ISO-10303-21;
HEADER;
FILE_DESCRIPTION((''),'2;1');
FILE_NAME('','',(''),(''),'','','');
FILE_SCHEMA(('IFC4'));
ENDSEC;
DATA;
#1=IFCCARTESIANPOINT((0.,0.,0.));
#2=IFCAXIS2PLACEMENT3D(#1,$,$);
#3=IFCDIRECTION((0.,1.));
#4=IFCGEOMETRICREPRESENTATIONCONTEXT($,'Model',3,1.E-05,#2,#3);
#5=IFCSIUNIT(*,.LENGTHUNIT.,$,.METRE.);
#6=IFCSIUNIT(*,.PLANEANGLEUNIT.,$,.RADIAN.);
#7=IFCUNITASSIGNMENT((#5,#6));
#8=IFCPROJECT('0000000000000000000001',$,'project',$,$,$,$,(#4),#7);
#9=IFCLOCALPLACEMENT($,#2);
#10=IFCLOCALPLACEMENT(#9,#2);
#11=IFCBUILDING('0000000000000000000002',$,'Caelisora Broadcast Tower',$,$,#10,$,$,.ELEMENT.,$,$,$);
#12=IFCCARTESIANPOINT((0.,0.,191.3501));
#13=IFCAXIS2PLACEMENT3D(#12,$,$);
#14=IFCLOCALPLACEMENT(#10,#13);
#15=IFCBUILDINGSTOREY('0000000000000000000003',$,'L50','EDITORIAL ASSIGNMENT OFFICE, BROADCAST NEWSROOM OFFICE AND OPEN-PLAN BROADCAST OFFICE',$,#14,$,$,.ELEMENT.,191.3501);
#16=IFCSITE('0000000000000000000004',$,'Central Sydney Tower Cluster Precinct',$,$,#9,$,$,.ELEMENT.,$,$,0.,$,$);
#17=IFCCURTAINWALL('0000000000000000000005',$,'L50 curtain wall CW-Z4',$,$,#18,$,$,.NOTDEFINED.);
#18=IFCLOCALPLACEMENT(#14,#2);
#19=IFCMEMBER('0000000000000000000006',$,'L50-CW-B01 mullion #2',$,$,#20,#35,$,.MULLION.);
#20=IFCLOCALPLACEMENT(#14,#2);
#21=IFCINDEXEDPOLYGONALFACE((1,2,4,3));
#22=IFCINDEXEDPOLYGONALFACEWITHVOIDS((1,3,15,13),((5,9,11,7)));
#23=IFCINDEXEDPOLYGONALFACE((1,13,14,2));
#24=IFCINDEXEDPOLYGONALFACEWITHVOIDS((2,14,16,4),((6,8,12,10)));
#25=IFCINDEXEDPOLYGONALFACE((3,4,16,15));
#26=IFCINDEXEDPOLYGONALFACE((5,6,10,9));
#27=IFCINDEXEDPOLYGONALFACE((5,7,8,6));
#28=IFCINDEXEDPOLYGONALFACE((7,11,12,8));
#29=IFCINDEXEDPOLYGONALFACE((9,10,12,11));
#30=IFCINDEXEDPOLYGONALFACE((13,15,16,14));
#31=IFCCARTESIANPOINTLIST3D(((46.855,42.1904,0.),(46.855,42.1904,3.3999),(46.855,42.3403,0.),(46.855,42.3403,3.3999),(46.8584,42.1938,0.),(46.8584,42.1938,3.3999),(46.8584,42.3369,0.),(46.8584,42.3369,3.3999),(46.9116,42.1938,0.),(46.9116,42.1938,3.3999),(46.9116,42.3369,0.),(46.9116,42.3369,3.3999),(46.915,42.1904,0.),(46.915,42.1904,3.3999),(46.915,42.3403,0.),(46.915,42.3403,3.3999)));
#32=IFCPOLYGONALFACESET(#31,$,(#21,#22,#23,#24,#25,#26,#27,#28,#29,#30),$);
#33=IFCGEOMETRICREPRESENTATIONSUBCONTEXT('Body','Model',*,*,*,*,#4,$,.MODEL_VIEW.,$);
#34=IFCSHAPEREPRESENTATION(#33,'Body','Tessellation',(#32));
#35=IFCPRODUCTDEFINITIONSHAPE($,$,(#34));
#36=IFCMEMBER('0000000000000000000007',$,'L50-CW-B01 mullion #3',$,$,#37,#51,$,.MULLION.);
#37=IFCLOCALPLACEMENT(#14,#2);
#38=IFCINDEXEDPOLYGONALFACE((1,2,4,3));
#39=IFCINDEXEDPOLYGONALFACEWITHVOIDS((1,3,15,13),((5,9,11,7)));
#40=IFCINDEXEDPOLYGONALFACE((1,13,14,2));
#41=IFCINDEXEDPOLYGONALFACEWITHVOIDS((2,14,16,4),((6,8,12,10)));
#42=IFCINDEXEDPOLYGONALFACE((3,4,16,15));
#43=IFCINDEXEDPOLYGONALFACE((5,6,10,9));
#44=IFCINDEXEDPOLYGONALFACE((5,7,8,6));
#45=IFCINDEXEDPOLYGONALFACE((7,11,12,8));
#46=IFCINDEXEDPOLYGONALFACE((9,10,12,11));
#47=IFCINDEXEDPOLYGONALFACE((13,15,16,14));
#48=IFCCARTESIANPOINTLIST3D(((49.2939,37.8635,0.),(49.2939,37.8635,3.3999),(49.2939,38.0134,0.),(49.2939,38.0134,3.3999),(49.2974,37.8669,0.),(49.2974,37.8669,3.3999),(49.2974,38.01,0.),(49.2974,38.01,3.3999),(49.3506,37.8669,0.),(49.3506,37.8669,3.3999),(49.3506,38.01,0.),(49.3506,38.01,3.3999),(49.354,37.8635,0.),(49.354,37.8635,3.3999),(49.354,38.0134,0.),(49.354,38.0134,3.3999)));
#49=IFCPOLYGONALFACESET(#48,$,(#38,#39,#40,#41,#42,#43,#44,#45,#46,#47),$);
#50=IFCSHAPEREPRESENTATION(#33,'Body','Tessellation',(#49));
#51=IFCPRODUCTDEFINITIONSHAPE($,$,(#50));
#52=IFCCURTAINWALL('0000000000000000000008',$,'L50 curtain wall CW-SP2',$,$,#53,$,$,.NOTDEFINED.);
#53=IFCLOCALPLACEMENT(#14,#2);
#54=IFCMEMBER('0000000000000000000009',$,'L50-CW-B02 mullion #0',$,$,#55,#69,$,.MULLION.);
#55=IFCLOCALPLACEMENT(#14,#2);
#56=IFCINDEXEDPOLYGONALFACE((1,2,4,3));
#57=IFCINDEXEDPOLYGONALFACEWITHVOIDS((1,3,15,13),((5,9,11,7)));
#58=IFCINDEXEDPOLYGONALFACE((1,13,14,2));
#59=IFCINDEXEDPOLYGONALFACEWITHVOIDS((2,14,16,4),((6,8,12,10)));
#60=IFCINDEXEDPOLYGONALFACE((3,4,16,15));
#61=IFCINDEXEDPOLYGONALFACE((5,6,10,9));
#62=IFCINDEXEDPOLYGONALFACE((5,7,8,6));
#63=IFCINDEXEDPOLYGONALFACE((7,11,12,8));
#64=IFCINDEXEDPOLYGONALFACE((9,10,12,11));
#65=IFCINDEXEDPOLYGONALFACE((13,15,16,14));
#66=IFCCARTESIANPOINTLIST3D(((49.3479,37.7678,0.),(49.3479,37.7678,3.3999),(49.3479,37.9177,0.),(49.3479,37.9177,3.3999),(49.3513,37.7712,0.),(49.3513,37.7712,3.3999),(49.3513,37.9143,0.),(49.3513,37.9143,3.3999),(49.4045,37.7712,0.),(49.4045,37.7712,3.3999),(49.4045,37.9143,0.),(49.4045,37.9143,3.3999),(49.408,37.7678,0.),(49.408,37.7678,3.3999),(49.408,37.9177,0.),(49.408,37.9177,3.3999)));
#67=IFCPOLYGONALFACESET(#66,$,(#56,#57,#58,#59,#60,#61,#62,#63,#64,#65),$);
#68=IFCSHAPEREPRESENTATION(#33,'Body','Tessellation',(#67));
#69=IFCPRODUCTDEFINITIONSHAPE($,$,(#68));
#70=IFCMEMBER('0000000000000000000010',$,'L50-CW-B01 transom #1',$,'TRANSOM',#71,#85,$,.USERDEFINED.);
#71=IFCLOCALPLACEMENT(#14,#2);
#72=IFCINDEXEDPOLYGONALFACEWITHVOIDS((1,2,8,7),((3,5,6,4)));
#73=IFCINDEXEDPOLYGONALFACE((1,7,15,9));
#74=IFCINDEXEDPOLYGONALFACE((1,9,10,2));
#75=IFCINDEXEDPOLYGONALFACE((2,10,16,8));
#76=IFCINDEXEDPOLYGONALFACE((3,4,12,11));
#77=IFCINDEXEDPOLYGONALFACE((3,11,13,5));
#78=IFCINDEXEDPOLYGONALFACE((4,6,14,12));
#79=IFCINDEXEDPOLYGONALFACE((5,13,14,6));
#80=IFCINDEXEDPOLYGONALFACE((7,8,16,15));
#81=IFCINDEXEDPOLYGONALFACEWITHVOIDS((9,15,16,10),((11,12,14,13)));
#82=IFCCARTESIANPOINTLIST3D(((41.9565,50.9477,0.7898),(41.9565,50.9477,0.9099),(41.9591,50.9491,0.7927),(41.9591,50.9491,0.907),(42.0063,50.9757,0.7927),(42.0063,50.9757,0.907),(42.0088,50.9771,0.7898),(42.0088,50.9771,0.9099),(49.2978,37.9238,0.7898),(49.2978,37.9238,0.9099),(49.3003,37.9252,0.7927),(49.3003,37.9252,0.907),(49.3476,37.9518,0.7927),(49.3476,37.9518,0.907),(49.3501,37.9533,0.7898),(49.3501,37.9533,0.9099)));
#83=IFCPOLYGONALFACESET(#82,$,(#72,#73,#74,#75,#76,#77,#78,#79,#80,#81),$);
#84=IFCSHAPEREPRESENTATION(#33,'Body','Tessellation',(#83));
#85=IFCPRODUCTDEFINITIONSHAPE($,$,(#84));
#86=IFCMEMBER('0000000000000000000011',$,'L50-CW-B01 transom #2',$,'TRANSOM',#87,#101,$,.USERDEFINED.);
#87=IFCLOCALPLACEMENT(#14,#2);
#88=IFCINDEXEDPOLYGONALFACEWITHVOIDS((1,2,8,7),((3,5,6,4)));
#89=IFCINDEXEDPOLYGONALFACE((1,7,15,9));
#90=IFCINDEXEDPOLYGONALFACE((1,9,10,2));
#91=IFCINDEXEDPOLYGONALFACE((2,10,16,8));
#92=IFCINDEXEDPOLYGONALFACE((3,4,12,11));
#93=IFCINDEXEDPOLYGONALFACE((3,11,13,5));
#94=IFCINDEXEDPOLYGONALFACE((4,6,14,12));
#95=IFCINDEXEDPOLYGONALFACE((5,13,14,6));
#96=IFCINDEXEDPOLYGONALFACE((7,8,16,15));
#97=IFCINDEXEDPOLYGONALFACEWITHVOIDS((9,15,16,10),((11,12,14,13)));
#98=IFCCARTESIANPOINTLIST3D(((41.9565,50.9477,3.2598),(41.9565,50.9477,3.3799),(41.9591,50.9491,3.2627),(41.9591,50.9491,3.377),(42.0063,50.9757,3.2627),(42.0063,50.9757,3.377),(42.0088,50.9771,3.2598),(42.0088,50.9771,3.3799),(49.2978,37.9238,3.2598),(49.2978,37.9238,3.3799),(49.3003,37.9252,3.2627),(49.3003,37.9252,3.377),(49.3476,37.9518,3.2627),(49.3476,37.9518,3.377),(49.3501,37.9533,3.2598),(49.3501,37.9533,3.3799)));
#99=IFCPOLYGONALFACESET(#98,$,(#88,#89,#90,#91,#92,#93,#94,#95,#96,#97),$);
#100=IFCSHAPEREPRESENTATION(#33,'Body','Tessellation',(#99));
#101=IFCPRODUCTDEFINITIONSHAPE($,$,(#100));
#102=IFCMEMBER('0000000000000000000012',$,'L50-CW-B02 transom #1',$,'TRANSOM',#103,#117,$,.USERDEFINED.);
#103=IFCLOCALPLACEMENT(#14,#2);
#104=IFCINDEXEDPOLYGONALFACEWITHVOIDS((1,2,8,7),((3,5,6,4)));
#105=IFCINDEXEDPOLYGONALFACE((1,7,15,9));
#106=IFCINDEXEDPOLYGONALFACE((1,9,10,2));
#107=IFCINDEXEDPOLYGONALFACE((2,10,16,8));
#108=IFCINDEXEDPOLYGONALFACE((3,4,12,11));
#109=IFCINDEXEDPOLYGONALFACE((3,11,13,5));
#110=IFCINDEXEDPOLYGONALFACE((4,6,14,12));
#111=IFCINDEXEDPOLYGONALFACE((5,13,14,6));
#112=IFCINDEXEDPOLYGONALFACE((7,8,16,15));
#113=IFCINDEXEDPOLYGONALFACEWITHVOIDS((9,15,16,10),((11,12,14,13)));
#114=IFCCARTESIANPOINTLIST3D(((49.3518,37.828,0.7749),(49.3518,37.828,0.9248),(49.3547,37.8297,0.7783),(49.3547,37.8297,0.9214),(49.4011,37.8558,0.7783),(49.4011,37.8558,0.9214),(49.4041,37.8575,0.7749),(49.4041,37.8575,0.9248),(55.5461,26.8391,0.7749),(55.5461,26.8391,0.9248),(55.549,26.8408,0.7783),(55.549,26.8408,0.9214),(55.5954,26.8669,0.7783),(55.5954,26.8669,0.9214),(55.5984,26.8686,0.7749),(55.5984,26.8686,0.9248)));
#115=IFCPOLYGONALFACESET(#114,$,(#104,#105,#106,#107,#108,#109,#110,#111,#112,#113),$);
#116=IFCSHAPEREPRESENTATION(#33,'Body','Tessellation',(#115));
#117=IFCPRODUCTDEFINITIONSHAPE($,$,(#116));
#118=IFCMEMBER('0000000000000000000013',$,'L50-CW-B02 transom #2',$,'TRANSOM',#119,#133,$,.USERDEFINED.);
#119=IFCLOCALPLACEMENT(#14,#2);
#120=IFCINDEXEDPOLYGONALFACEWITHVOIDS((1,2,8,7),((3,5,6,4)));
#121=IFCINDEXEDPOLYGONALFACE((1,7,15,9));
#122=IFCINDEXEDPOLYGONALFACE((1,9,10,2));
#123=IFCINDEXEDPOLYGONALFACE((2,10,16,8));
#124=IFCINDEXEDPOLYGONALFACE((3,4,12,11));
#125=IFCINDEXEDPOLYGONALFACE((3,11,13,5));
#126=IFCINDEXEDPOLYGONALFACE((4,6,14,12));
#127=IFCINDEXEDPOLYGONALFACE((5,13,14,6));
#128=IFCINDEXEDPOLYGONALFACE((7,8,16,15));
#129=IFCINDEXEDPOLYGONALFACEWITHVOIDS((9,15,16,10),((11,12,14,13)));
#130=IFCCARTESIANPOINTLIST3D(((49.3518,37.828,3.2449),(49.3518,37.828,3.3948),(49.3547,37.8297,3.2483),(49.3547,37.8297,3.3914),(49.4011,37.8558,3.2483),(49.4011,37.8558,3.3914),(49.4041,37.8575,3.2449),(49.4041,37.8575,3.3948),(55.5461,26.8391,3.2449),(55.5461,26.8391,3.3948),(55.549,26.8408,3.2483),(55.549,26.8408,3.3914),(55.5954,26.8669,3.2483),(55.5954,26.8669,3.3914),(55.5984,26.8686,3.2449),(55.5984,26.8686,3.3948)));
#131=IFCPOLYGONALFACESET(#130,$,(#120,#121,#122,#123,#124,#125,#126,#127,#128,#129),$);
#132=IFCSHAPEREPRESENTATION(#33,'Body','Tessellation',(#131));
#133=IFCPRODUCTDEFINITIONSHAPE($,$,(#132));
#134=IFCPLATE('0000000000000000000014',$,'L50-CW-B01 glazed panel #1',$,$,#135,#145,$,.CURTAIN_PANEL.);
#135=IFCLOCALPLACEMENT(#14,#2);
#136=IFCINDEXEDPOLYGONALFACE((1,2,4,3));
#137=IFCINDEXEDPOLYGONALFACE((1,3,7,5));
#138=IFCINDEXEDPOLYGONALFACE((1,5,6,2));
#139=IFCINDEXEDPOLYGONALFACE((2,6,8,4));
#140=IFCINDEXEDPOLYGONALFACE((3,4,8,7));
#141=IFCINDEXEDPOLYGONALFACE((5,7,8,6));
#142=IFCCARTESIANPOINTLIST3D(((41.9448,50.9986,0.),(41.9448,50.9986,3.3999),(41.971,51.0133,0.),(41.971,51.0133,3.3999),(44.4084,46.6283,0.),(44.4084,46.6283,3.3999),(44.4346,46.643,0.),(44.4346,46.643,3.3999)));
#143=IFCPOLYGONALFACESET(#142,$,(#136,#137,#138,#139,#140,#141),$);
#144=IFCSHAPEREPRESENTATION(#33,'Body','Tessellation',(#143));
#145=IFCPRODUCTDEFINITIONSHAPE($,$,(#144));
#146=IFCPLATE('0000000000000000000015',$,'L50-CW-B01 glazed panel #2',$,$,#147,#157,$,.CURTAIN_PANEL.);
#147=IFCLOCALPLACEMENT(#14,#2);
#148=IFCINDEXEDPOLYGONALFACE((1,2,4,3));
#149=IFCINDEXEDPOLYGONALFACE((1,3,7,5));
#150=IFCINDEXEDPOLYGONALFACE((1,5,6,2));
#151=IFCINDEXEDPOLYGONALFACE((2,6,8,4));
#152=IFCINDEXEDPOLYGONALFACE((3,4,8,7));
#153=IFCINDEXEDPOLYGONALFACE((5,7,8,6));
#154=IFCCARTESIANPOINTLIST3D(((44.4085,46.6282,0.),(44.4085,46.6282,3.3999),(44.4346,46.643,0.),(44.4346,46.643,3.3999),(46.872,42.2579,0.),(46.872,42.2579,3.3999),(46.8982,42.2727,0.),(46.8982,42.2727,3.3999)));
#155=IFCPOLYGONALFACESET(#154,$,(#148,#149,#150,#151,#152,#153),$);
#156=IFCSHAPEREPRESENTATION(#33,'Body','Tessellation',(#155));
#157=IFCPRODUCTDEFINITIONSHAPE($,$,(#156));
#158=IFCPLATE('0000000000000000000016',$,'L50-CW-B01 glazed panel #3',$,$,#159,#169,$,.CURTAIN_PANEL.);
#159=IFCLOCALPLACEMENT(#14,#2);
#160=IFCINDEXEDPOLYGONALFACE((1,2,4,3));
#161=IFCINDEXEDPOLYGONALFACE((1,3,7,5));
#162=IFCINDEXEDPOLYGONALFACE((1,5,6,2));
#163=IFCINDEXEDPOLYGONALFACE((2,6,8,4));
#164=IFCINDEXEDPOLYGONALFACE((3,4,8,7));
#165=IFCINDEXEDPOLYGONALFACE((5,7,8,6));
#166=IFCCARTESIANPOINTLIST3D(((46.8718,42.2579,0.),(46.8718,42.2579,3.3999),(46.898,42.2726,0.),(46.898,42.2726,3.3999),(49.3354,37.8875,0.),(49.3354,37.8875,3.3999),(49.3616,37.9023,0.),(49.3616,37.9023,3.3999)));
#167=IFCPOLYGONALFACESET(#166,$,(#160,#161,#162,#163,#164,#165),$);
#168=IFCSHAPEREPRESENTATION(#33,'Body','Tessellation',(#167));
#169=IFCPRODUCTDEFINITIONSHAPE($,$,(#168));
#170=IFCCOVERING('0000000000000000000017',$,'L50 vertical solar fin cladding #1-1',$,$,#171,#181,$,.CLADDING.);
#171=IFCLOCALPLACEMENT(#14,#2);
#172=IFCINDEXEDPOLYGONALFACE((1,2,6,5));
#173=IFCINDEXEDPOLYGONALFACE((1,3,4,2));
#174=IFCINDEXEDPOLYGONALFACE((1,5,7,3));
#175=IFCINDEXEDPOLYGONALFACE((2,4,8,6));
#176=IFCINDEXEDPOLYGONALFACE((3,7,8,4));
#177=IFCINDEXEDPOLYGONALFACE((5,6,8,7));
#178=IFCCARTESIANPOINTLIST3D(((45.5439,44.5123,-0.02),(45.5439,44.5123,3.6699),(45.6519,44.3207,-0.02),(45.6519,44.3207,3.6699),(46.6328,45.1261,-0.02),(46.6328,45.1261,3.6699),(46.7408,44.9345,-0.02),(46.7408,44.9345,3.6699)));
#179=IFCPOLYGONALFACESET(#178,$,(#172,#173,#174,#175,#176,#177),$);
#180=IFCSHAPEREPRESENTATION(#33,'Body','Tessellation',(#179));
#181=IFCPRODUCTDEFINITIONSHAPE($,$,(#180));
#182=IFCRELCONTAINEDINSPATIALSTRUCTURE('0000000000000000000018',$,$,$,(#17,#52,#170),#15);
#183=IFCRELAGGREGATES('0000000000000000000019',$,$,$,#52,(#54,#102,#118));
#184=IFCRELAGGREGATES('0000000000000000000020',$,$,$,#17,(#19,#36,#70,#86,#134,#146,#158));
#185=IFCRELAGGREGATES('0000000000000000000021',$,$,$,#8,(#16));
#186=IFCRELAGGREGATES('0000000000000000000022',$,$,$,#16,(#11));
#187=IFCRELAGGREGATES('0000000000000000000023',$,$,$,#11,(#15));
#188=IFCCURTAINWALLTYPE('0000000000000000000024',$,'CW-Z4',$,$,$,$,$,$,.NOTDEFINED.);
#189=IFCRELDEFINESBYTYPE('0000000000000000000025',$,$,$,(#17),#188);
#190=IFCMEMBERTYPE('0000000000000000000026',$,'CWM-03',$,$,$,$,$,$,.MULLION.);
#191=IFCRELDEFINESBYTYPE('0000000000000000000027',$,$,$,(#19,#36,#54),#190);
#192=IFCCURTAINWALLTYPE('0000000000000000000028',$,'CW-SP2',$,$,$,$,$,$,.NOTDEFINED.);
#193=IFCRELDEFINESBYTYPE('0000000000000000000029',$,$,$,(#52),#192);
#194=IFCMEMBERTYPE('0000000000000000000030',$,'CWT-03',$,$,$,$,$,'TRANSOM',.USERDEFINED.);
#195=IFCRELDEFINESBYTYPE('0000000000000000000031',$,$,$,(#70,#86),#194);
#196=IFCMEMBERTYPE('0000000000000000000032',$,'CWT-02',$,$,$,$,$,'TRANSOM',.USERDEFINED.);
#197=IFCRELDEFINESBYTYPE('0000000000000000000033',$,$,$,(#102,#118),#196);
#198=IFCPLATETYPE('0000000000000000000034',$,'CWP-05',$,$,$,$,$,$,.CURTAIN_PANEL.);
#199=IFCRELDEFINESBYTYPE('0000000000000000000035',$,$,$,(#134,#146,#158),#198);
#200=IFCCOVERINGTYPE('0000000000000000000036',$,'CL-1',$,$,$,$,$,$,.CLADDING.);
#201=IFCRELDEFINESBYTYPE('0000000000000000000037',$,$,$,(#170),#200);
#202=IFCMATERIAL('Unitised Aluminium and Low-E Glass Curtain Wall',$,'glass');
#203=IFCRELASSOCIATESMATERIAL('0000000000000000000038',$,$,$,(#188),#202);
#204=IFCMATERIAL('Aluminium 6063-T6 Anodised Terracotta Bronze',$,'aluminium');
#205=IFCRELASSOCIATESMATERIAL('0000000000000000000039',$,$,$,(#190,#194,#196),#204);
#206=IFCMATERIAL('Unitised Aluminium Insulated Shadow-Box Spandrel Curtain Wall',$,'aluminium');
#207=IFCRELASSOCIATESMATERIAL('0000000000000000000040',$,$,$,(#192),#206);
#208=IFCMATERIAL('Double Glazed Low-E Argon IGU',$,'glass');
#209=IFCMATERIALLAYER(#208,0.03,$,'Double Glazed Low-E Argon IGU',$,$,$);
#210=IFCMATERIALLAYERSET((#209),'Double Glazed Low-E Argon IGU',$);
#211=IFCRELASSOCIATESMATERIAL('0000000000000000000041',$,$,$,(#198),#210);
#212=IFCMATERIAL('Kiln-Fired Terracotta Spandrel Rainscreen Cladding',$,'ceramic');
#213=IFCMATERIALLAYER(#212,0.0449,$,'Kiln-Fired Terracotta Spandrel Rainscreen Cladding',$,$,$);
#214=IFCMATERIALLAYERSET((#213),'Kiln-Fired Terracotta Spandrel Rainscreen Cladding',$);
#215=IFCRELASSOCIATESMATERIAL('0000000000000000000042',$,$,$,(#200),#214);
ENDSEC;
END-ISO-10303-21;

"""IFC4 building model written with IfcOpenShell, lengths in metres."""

from ifc_helpers import new_model, si_unit, direction, frame, origin, origin_2d, place, context, subcontext, project, spatial, rectangle, hollow_rectangle, extrude, source, transform, mapped, material, layer, layer_set, material_profile, profile_set, type_object, type_shapes, element, aggregate, save


model = new_model("IFC4")

# Units and contexts
model_context = context("Model", 3, precision=1e-05, world=origin(), true_north=direction((0.0, 1.0)))
body_context = subcontext(model_context, "Body", "Model", "MODEL_VIEW")
ifc_project = project(units=[si_unit("LENGTHUNIT", "METRE"), si_unit("PLANEANGLEUNIT", "RADIAN")], contexts=[model_context])

# Site, building, storey
site_placement = place(None, origin())
site = spatial("IfcSite", under=ifc_project, at=site_placement, Name="Central Sydney Tower Cluster Precinct", CompositionType="ELEMENT", RefElevation=0.0)
building_placement = place(site_placement, origin())
building = spatial("IfcBuilding", under=site, at=building_placement, Name="Caelisora Broadcast Tower", CompositionType="ELEMENT")
storey_placement = place(building_placement, frame((0.0, 0.0, 191.3501)))
storey = spatial("IfcBuildingStorey", under=building, at=storey_placement, Name="L50", Description="EDITORIAL ASSIGNMENT OFFICE, BROADCAST NEWSROOM OFFICE AND OPEN-PLAN BROADCAST OFFICE", CompositionType="ELEMENT", Elevation=191.3501)

# Curtain wall, members
ifc_material_1 = material(Name="Unitised Aluminium and Low-E Glass Curtain Wall", Category="glass")
curtain_wall_type_1 = type_object("IfcCurtainWallType", Name="CW-Z4", PredefinedType="NOTDEFINED", material=ifc_material_1)
curtain_wall_1_placement = place(storey_placement, origin())
curtain_wall_1 = element("IfcCurtainWall", 1, at=curtain_wall_1_placement, inside=storey, type_object=curtain_wall_type_1, Name="L50 curtain wall CW-Z4", PredefinedType="NOTDEFINED")
ifc_material_2 = material(Name="Aluminium 6063-T6 Anodised Terracotta Bronze", Category="aluminium")
ifc_material_profile_1 = material_profile(ifc_material_2, hollow_rectangle(XDim=0.0601, YDim=0.1499, WallThickness=0.0034, at=origin_2d()), Name="Aluminium 6063-T6 Anodised Terracotta Bronze")
ifc_profile_set_1 = profile_set([ifc_material_profile_1], Name="Aluminium 6063-T6 Anodised Terracotta Bronze")
member_type_1 = type_object("IfcMemberType", Name="CWM-03", PredefinedType="MULLION", material=ifc_profile_set_1)
shared_shape_1 = source(origin(), body_context, "Body", "SweptSolid", [
    extrude(hollow_rectangle(XDim=0.0601, YDim=0.1499, WallThickness=0.0034, at=origin_2d()), origin(), (0.0, 0.0, 1.0), 3.3999),
])
type_shapes(member_type_1, [shared_shape_1])
member_1_placement = place(storey_placement, frame((46.885, 42.2654, 0.0), z_axis=(0.0, 0.0, 1.0), x_axis=(1.0, 0.0, 0.0)))
member_1 = element("IfcMember", 2, at=member_1_placement, type_object=member_type_1, Name="L50-CW-B01 mullion #2", PredefinedType="MULLION", context=body_context, shape_type="MappedRepresentation", body=[
    mapped(shared_shape_1, transform((0.0, 0.0, 0.0), scale=1.0)),
])
member_2_placement = place(storey_placement, frame((49.324, 37.9385, 0.0), z_axis=(0.0, 0.0, 1.0), x_axis=(1.0, 0.0, 0.0)))
member_2 = element("IfcMember", 3, at=member_2_placement, type_object=member_type_1, Name="L50-CW-B01 mullion #3", PredefinedType="MULLION", context=body_context, shape_type="MappedRepresentation", body=[
    mapped(shared_shape_1, transform((0.0, 0.0, 0.0), scale=1.0)),
])

# Curtain wall, member
ifc_material_3 = material(Name="Unitised Aluminium Insulated Shadow-Box Spandrel Curtain Wall", Category="aluminium")
curtain_wall_type_2 = type_object("IfcCurtainWallType", Name="CW-SP2", PredefinedType="NOTDEFINED", material=ifc_material_3)
curtain_wall_2_placement = place(storey_placement, origin())
curtain_wall_2 = element("IfcCurtainWall", 4, at=curtain_wall_2_placement, inside=storey, type_object=curtain_wall_type_2, Name="L50 curtain wall CW-SP2", PredefinedType="NOTDEFINED")
member_3_placement = place(storey_placement, frame((49.3779, 37.8428, 0.0), z_axis=(0.0, 0.0, 1.0), x_axis=(1.0, 0.0, 0.0)))
member_3 = element("IfcMember", 5, at=member_3_placement, type_object=member_type_1, Name="L50-CW-B02 mullion #0", PredefinedType="MULLION", context=body_context, shape_type="MappedRepresentation", body=[
    mapped(shared_shape_1, transform((0.0, 0.0, 0.0), scale=1.0)),
])

# Members
ifc_material_profile_2 = material_profile(ifc_material_2, hollow_rectangle(XDim=0.0601, YDim=0.1201, WallThickness=0.0029, at=origin_2d()), Name="Aluminium 6063-T6 Anodised Terracotta Bronze")
ifc_profile_set_2 = profile_set([ifc_material_profile_2], Name="Aluminium 6063-T6 Anodised Terracotta Bronze")
member_type_2 = type_object("IfcMemberType", Name="CWT-03", ElementType="TRANSOM", PredefinedType="USERDEFINED", material=ifc_profile_set_2)
shared_shape_2 = source(origin(), body_context, "Body", "SweptSolid", [
    extrude(hollow_rectangle(XDim=0.0601, YDim=0.1201, WallThickness=0.0029, at=origin_2d()), origin(), (0.0, 0.0, 1.0), 14.9504),
])
type_shapes(member_type_2, [shared_shape_2])
member_4_placement = place(storey_placement, frame((41.9827, 50.9624, 0.8499), z_axis=(0.491041, -0.871136, 0.0), x_axis=(0.871136, 0.491041, 0.0)))
member_4 = element("IfcMember", 6, at=member_4_placement, type_object=member_type_2, Name="L50-CW-B01 transom #1", ObjectType="TRANSOM", PredefinedType="USERDEFINED", context=body_context, shape_type="MappedRepresentation", body=[
    mapped(shared_shape_2, transform((0.0, 0.0, 0.0), scale=1.0)),
])
member_5_placement = place(storey_placement, frame((41.9827, 50.9624, 3.3198), z_axis=(0.491041, -0.871136, 0.0), x_axis=(0.871136, 0.491041, 0.0)))
member_5 = element("IfcMember", 7, at=member_5_placement, type_object=member_type_2, Name="L50-CW-B01 transom #2", ObjectType="TRANSOM", PredefinedType="USERDEFINED", context=body_context, shape_type="MappedRepresentation", body=[
    mapped(shared_shape_2, transform((0.0, 0.0, 0.0), scale=1.0)),
])
ifc_material_profile_3 = material_profile(ifc_material_2, hollow_rectangle(XDim=0.0601, YDim=0.1499, WallThickness=0.0034, at=origin_2d()), Name="Aluminium 6063-T6 Anodised Terracotta Bronze")
ifc_profile_set_3 = profile_set([ifc_material_profile_3], Name="Aluminium 6063-T6 Anodised Terracotta Bronze")
member_type_3 = type_object("IfcMemberType", Name="CWT-02", ElementType="TRANSOM", PredefinedType="USERDEFINED", material=ifc_profile_set_3)
shared_shape_3 = source(origin(), body_context, "Body", "SweptSolid", [
    extrude(hollow_rectangle(XDim=0.0601, YDim=0.1499, WallThickness=0.0034, at=origin_2d()), origin(), (0.0, 0.0, 1.0), 12.6145),
])
type_shapes(member_type_3, [shared_shape_3])
member_6_placement = place(storey_placement, frame((49.3779, 37.8428, 0.8499), z_axis=(0.491045, -0.871134, 0.0), x_axis=(0.871134, 0.491045, 0.0)))
member_6 = element("IfcMember", 8, at=member_6_placement, type_object=member_type_3, Name="L50-CW-B02 transom #1", ObjectType="TRANSOM", PredefinedType="USERDEFINED", context=body_context, shape_type="MappedRepresentation", body=[
    mapped(shared_shape_3, transform((0.0, 0.0, 0.0), scale=1.0)),
])
member_7_placement = place(storey_placement, frame((49.3779, 37.8428, 3.3198), z_axis=(0.491045, -0.871134, 0.0), x_axis=(0.871134, 0.491045, 0.0)))
member_7 = element("IfcMember", 9, at=member_7_placement, type_object=member_type_3, Name="L50-CW-B02 transom #2", ObjectType="TRANSOM", PredefinedType="USERDEFINED", context=body_context, shape_type="MappedRepresentation", body=[
    mapped(shared_shape_3, transform((0.0, 0.0, 0.0), scale=1.0)),
])
aggregate(curtain_wall_2, [member_3, member_6, member_7])

# Plates
ifc_material_4 = material(Name="Double Glazed Low-E Argon IGU", Category="glass")
ifc_layer_1 = layer(ifc_material_4, 0.03, Name="Double Glazed Low-E Argon IGU")
ifc_layer_set_1 = layer_set([ifc_layer_1], Name="Double Glazed Low-E Argon IGU")
plate_type = type_object("IfcPlateType", Name="CWP-05", PredefinedType="CURTAIN_PANEL", material=ifc_layer_set_1)
shared_shape_4 = source(origin(), body_context, "Body", "SweptSolid", [
    extrude(rectangle(XDim=5.0168, YDim=0.03, at=origin_2d()), origin(), (0.0, 0.0, 1.0), 3.3999),
])
type_shapes(plate_type, [shared_shape_4])
plate_1_placement = place(storey_placement, frame((43.1897, 48.8208, 0.0), z_axis=(0.0, 0.0, 1.0), x_axis=(0.491056, -0.871128, 0.0)))
plate_1 = element("IfcPlate", 10, at=plate_1_placement, type_object=plate_type, Name="L50-CW-B01 glazed panel #1", PredefinedType="CURTAIN_PANEL", context=body_context, shape_type="MappedRepresentation", body=[
    mapped(shared_shape_4, transform((0.0, 0.0, 0.0), scale=1.0)),
])
plate_2_placement = place(storey_placement, frame((45.6533, 44.4504, 0.0), z_axis=(0.0, 0.0, 1.0), x_axis=(0.491056, -0.871128, 0.0)))
plate_2 = element("IfcPlate", 11, at=plate_2_placement, type_object=plate_type, Name="L50-CW-B01 glazed panel #2", PredefinedType="CURTAIN_PANEL", context=body_context, shape_type="MappedRepresentation", body=[
    mapped(shared_shape_4, transform((0.0, 0.0, 0.0), scale=1.0)),
])
plate_3_placement = place(storey_placement, frame((48.1167, 40.0801, 0.0), z_axis=(0.0, 0.0, 1.0), x_axis=(0.491056, -0.871128, 0.0)))
plate_3 = element("IfcPlate", 12, at=plate_3_placement, type_object=plate_type, Name="L50-CW-B01 glazed panel #3", PredefinedType="CURTAIN_PANEL", context=body_context, shape_type="MappedRepresentation", body=[
    mapped(shared_shape_4, transform((0.0, 0.0, 0.0), scale=1.0)),
])
aggregate(curtain_wall_1, [member_1, member_2, member_4, member_5, plate_1, plate_2, plate_3])

# Covering
ifc_material_5 = material(Name="Kiln-Fired Terracotta Spandrel Rainscreen Cladding", Category="ceramic")
ifc_layer_2 = layer(ifc_material_5, 0.0449, Name="Kiln-Fired Terracotta Spandrel Rainscreen Cladding")
ifc_layer_set_2 = layer_set([ifc_layer_2], Name="Kiln-Fired Terracotta Spandrel Rainscreen Cladding")
covering_type = type_object("IfcCoveringType", Name="CL-1", PredefinedType="CLADDING", material=ifc_layer_set_2)
shared_shape_5 = source(origin(), body_context, "Body", "SweptSolid", [
    extrude(rectangle(XDim=0.22, YDim=1.25, at=origin_2d()), origin(), (0.0, 0.0, 1.0), 3.6899),
])
type_shapes(covering_type, [shared_shape_5])
for number, where, z_axis, x_axis, name in (
    (13, (46.1423, 44.7234, -0.02), (0.0, 0.0, 1.0), (0.491056, -0.871128, 0.0), "L50 vertical solar fin cladding #1-1"),
):
    element("IfcCovering", number, at=place(storey_placement, frame(where, z_axis=z_axis, x_axis=x_axis)), inside=storey, type_object=covering_type, Name=name, PredefinedType="CLADDING", context=body_context, shape_type="MappedRepresentation", body=[
        mapped(shared_shape_5, transform((0.0, 0.0, 0.0), scale=1.0)),
    ])

save(model, "model.ifc")
